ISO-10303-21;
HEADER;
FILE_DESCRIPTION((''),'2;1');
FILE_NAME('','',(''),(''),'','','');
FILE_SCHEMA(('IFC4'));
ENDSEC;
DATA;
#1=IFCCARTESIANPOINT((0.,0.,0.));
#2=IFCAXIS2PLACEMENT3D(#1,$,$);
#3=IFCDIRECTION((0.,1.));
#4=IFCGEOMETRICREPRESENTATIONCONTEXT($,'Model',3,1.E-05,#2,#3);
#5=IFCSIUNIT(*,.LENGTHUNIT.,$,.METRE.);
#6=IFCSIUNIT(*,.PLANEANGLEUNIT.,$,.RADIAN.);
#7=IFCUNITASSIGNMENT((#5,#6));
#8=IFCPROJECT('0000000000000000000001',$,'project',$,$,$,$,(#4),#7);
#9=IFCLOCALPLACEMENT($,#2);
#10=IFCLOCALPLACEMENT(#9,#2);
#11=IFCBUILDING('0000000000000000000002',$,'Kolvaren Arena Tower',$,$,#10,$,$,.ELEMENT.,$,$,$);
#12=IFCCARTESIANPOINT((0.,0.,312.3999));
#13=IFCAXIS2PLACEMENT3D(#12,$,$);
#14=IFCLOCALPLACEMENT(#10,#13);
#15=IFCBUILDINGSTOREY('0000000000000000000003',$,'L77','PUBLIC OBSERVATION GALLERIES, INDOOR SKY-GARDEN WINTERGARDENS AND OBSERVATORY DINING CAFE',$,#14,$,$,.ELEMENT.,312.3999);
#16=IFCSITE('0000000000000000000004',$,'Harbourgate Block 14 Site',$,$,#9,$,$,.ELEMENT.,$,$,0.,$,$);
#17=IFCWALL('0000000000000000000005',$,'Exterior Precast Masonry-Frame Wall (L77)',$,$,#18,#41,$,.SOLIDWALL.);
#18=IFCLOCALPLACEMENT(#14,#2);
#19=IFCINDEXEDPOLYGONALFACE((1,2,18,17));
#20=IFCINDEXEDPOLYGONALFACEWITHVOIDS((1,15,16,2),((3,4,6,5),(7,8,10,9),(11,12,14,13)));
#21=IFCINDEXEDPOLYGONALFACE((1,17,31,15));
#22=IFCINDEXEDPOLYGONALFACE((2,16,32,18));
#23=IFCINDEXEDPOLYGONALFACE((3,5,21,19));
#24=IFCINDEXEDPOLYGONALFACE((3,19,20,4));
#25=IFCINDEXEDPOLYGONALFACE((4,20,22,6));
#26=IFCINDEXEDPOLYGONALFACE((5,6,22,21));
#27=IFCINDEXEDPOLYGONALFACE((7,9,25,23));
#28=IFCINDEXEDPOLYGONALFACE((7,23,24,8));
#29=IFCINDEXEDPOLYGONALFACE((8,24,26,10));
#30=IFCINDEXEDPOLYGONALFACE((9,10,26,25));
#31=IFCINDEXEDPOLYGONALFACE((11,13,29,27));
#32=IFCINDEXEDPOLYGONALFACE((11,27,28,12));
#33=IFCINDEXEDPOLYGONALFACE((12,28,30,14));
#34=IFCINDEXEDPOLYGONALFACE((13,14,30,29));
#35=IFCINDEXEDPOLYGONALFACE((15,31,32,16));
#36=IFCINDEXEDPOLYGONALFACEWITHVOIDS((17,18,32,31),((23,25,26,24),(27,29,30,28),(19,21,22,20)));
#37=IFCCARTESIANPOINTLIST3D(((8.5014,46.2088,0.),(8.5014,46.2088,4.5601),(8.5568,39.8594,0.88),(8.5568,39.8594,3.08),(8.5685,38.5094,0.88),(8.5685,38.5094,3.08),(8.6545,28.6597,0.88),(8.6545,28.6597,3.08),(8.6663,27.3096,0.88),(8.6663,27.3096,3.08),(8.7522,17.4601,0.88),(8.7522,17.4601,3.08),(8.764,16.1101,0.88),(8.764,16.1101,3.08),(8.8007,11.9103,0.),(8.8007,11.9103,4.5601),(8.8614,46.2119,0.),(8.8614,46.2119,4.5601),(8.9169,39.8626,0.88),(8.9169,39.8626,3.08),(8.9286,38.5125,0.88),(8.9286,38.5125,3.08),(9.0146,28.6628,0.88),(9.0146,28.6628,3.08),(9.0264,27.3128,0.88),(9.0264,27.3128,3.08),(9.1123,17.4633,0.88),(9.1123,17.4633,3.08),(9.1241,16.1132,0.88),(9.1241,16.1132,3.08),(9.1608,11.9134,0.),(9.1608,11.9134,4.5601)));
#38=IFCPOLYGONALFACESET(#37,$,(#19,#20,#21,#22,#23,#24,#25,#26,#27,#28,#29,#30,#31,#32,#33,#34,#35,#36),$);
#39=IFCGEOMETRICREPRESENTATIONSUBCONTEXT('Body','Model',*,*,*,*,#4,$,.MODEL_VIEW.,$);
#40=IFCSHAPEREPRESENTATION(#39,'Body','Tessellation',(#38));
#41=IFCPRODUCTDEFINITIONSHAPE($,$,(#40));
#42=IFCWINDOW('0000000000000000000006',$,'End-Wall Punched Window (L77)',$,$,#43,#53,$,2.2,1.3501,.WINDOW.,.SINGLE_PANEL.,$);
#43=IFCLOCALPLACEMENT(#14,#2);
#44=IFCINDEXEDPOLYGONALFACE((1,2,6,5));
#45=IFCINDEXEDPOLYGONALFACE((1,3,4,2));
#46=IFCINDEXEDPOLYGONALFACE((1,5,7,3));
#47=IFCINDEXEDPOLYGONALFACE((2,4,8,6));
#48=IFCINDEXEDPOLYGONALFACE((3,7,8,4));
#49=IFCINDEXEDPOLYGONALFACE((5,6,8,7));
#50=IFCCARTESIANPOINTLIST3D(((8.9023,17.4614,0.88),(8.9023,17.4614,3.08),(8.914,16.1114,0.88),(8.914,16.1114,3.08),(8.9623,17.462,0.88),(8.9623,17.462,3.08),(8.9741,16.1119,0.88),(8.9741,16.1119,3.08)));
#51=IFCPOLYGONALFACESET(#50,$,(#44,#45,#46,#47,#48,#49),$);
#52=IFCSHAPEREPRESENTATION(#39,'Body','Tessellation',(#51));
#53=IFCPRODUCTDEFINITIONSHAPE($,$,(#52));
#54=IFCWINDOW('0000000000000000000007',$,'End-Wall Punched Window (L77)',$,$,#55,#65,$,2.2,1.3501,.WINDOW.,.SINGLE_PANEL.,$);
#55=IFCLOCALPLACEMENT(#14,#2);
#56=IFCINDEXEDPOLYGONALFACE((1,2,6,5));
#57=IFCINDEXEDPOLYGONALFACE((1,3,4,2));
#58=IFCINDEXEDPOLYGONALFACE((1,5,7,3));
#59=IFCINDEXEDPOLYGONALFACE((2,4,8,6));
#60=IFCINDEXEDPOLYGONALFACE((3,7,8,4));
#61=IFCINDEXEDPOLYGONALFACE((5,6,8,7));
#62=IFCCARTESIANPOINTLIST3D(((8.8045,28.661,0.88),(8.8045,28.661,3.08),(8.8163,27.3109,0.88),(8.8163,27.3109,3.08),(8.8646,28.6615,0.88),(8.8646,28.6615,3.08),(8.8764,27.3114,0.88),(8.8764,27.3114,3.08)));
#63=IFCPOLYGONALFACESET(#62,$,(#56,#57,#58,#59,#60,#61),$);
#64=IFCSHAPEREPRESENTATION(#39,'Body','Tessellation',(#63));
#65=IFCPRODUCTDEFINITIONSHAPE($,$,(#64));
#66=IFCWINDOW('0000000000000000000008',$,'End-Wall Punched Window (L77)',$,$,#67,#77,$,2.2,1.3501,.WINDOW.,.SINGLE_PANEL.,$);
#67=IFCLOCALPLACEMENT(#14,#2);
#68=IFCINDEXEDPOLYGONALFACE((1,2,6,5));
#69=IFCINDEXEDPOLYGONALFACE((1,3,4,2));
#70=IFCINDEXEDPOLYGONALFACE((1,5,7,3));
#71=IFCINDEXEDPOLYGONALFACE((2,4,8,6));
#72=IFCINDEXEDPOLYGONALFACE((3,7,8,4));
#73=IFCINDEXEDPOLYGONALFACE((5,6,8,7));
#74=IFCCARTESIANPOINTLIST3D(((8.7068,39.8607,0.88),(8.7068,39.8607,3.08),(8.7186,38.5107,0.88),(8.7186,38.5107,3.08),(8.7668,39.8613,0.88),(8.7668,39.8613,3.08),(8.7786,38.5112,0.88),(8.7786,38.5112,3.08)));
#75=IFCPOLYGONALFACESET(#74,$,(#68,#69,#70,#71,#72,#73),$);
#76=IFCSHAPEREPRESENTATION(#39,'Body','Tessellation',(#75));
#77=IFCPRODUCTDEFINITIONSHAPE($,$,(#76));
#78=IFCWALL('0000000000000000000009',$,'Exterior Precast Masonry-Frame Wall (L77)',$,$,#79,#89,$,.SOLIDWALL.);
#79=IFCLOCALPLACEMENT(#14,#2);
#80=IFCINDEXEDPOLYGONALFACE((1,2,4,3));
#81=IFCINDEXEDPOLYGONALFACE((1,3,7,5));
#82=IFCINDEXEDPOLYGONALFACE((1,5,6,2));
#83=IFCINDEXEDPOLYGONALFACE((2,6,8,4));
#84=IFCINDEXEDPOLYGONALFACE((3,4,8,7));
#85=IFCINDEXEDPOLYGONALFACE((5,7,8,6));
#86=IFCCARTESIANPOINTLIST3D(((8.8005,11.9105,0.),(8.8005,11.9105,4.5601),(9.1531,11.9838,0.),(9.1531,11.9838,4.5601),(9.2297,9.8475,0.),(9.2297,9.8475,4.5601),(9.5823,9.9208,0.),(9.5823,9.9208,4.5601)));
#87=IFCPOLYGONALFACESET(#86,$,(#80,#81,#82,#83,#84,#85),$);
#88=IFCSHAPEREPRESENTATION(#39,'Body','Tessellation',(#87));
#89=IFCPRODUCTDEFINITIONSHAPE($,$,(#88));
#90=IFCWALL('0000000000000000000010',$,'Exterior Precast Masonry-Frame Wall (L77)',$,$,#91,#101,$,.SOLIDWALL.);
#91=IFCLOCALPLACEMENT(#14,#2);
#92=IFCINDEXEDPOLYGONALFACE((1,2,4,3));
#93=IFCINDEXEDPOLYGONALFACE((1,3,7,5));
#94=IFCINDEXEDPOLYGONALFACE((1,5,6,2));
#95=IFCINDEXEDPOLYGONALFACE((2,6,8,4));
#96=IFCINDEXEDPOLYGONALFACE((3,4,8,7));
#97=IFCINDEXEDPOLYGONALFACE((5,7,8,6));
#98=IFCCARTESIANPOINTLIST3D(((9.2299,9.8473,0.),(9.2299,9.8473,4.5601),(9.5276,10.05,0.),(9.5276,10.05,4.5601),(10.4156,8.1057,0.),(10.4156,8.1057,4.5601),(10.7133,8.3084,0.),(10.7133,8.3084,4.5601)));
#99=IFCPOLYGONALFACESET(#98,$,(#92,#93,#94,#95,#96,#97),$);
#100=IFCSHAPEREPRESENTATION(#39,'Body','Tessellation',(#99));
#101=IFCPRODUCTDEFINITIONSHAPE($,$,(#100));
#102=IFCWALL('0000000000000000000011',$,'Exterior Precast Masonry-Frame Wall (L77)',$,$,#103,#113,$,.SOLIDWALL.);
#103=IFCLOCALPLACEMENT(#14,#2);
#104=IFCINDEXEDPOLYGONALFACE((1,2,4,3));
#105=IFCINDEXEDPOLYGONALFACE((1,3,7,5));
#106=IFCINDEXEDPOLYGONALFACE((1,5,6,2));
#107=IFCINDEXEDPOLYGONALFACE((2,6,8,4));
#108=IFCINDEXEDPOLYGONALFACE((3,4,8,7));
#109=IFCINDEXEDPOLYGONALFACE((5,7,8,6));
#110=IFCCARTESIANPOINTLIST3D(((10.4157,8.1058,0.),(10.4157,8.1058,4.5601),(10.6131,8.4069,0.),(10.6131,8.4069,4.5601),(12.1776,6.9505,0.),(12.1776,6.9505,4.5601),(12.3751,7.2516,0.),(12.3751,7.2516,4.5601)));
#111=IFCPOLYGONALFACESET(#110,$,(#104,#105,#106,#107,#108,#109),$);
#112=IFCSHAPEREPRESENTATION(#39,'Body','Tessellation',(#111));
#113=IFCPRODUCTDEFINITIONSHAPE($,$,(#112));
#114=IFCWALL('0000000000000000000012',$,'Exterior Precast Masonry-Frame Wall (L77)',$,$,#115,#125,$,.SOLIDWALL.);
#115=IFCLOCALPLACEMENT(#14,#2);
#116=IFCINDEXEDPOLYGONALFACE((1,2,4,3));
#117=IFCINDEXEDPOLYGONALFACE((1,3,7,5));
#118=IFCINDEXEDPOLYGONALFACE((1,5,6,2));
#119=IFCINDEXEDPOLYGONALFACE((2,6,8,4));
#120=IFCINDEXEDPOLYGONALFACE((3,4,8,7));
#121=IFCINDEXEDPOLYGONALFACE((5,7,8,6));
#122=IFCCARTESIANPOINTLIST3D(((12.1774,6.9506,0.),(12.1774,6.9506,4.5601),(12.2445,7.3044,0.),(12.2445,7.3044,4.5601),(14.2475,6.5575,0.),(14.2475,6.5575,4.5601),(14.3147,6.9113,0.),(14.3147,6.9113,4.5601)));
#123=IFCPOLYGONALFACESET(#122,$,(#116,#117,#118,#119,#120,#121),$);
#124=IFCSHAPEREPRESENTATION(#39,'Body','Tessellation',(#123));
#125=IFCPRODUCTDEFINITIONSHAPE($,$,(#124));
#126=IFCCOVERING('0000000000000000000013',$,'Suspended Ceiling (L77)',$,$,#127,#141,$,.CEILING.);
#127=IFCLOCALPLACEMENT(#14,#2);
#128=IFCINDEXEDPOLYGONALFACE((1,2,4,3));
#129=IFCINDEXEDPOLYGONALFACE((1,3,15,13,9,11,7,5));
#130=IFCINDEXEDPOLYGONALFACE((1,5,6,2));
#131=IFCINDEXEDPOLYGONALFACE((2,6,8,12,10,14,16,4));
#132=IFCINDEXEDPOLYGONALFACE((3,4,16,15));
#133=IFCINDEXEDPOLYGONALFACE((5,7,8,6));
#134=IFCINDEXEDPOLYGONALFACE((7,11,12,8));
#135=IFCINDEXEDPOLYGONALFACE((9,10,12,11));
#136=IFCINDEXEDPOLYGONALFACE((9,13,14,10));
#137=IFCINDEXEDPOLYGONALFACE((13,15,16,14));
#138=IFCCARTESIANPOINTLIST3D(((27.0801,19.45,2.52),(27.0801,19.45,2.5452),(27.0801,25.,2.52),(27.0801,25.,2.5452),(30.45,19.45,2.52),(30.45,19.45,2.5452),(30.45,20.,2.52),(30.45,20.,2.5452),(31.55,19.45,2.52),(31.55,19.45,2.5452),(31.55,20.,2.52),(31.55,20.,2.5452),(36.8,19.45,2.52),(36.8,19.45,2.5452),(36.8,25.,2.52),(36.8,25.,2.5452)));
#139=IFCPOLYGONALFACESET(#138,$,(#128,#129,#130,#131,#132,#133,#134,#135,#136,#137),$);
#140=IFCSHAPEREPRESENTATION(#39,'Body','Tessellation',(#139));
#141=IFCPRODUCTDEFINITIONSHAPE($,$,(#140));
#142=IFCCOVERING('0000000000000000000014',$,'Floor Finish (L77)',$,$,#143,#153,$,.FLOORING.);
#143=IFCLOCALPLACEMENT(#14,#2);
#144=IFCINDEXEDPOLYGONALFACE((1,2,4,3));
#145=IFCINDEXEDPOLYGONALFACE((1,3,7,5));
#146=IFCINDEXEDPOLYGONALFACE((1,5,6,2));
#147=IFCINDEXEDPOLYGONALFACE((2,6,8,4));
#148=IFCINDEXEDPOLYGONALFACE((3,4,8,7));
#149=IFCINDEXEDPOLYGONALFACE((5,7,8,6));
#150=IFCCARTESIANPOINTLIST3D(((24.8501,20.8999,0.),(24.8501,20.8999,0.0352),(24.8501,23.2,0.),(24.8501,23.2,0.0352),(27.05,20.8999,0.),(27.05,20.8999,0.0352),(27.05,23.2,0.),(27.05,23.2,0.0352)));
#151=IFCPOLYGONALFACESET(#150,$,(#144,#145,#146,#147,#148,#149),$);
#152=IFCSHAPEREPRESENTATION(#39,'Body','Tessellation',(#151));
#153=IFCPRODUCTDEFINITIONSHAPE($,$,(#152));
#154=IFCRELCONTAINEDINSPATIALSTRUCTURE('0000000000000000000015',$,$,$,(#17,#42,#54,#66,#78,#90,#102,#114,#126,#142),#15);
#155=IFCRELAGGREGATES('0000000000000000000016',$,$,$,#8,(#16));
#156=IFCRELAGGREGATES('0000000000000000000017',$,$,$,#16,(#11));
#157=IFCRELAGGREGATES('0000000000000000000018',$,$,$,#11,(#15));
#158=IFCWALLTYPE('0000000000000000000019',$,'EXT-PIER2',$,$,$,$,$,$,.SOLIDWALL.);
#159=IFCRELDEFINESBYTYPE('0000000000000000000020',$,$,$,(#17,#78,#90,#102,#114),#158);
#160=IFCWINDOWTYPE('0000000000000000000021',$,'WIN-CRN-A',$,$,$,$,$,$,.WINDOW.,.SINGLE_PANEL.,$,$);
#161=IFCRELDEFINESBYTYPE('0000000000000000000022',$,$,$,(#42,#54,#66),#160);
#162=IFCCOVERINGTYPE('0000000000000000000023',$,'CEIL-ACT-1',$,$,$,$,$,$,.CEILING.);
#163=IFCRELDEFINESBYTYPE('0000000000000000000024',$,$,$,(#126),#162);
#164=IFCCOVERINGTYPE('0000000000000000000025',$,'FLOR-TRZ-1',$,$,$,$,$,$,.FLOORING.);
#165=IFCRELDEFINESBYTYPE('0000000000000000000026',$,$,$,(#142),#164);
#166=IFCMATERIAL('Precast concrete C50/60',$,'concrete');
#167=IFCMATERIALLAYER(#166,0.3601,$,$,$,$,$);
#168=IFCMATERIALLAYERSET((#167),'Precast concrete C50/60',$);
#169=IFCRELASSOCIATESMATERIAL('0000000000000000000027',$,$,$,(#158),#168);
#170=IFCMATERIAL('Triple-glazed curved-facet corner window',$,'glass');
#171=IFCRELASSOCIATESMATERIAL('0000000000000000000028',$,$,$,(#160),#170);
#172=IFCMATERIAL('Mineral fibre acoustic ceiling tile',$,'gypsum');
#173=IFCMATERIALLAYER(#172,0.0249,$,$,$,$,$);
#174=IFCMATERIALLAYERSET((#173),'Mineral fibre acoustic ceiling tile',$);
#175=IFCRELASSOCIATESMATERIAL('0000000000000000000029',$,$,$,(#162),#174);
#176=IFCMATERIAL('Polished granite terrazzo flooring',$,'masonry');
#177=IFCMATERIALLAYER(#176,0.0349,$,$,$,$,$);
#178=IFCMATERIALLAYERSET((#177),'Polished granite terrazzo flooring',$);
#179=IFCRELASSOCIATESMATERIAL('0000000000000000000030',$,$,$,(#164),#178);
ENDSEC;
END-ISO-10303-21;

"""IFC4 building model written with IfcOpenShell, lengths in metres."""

from ifc_helpers import new_model, si_unit, direction, frame, frame_2d, origin, place, context, subcontext, project, spatial, polyline, rectangle, outline, extrude, material, layer, layer_set, type_object, element, fill, save


model = new_model("IFC4")

# Units and contexts
model_context = context("Model", 3, precision=1e-05, world=origin(), true_north=direction((0.0, 1.0)))
body_context = subcontext(model_context, "Body", "Model", "MODEL_VIEW")
ifc_project = project(units=[si_unit("LENGTHUNIT", "METRE"), si_unit("PLANEANGLEUNIT", "RADIAN")], contexts=[model_context])

# Site, building, storey
site_placement = place(None, origin())
site = spatial("IfcSite", under=ifc_project, at=site_placement, Name="Harbourgate Block 14 Site", CompositionType="ELEMENT", RefElevation=0.0)
building_placement = place(site_placement, origin())
building = spatial("IfcBuilding", under=site, at=building_placement, Name="Kolvaren Arena Tower", CompositionType="ELEMENT")
storey_placement = place(building_placement, frame((0.0, 0.0, 312.3999)))
storey = spatial("IfcBuildingStorey", under=building, at=storey_placement, Name="L77", Description="PUBLIC OBSERVATION GALLERIES, INDOOR SKY-GARDEN WINTERGARDENS AND OBSERVATORY DINING CAFE", CompositionType="ELEMENT", Elevation=312.3999)

# Shared definitions
ifc_material_1 = material(Name="Precast concrete C50/60", Category="concrete")

# Wall, openings, windows
ifc_layer_1 = layer(ifc_material_1, 0.3601)
ifc_layer_set_1 = layer_set([ifc_layer_1], Name="Precast concrete C50/60")
wall_type = type_object("IfcWallType", Name="EXT-PIER2", PredefinedType="SOLIDWALL", material=ifc_layer_set_1)
wall_1_placement = place(storey_placement, frame((8.9807, 11.9119, 0.0), z_axis=(0.0, 0.0, 1.0), x_axis=(-0.008726, 0.999962, 0.0)))
wall_1 = element("IfcWall", 1, at=wall_1_placement, inside=storey, type_object=wall_type, Name="Exterior Precast Masonry-Frame Wall (L77)", PredefinedType="SOLIDWALL", context=body_context, shape_type="SweptSolid", body=[
    extrude(rectangle(XDim=34.2998, YDim=0.3601, at=frame_2d((17.1499, 0.0))), origin(), (0.0, 0.0, 1.0), 4.5601),
])
opening_1_placement = place(wall_1_placement, frame((4.2, 0.0, 0.8799)))
opening_1 = element("IfcOpeningElement", 2, at=opening_1_placement, cuts=wall_1, PredefinedType="OPENING", context=body_context, shape_type="SweptSolid", body=[
    extrude(rectangle(XDim=1.3501, YDim=2.2, at=frame_2d((0.675, 1.1001))), frame((0.0, 0.1899, 0.0), z_axis=(0.0, -1.0, 0.0), x_axis=(1.0, 0.0, 0.0)), (0.0, 0.0, 1.0), 0.3801),
])
opening_2_placement = place(wall_1_placement, frame((15.3999, 0.0, 0.8799)))
opening_2 = element("IfcOpeningElement", 3, at=opening_2_placement, cuts=wall_1, PredefinedType="OPENING", context=body_context, shape_type="SweptSolid", body=[
    extrude(rectangle(XDim=1.3501, YDim=2.2, at=frame_2d((0.675, 1.1001))), frame((0.0, 0.1899, 0.0), z_axis=(0.0, -1.0, 0.0), x_axis=(1.0, 0.0, 0.0)), (0.0, 0.0, 1.0), 0.3801),
])
opening_3_placement = place(wall_1_placement, frame((26.6001, 0.0, 0.8799)))
opening_3 = element("IfcOpeningElement", 4, at=opening_3_placement, cuts=wall_1, PredefinedType="OPENING", context=body_context, shape_type="SweptSolid", body=[
    extrude(rectangle(XDim=1.3501, YDim=2.2, at=frame_2d((0.675, 1.1001))), frame((0.0, 0.1899, 0.0), z_axis=(0.0, -1.0, 0.0), x_axis=(1.0, 0.0, 0.0)), (0.0, 0.0, 1.0), 0.3801),
])
ifc_material_2 = material(Name="Triple-glazed curved-facet corner window", Category="glass")
window_type = type_object("IfcWindowType", Name="WIN-CRN-A", PartitioningType="SINGLE_PANEL", PredefinedType="WINDOW", material=ifc_material_2)
window_1_placement = place(opening_1_placement, origin())
window_1 = element("IfcWindow", 5, at=window_1_placement, inside=storey, type_object=window_type, Name="End-Wall Punched Window (L77)", OverallHeight=2.2, OverallWidth=1.3501, PartitioningType="SINGLE_PANEL", PredefinedType="WINDOW", context=body_context, shape_type="SweptSolid", body=[
    extrude(rectangle(XDim=1.3501, YDim=2.2, at=frame_2d((0.675, 1.1001))), frame((0.0, 0.03, 0.0), z_axis=(0.0, -1.0, 0.0), x_axis=(1.0, 0.0, 0.0)), (0.0, 0.0, 1.0), 0.0601),
])
fill(opening_1, window_1)
window_2_placement = place(opening_2_placement, origin())
window_2 = element("IfcWindow", 6, at=window_2_placement, inside=storey, type_object=window_type, Name="End-Wall Punched Window (L77)", OverallHeight=2.2, OverallWidth=1.3501, PartitioningType="SINGLE_PANEL", PredefinedType="WINDOW", context=body_context, shape_type="SweptSolid", body=[
    extrude(rectangle(XDim=1.3501, YDim=2.2, at=frame_2d((0.675, 1.1001))), frame((0.0, 0.03, 0.0), z_axis=(0.0, -1.0, 0.0), x_axis=(1.0, 0.0, 0.0)), (0.0, 0.0, 1.0), 0.0601),
])
fill(opening_2, window_2)
window_3_placement = place(opening_3_placement, origin())
window_3 = element("IfcWindow", 7, at=window_3_placement, inside=storey, type_object=window_type, Name="End-Wall Punched Window (L77)", OverallHeight=2.2, OverallWidth=1.3501, PartitioningType="SINGLE_PANEL", PredefinedType="WINDOW", context=body_context, shape_type="SweptSolid", body=[
    extrude(rectangle(XDim=1.3501, YDim=2.2, at=frame_2d((0.675, 1.1001))), frame((0.0, 0.03, 0.0), z_axis=(0.0, -1.0, 0.0), x_axis=(1.0, 0.0, 0.0)), (0.0, 0.0, 1.0), 0.0601),
])
fill(opening_3, window_3)

# Walls
wall_2_placement = place(storey_placement, frame((9.406, 9.884, 0.0), z_axis=(0.0, 0.0, 1.0), x_axis=(-0.203686, 0.979036, 0.0)))
element("IfcWall", 8, at=wall_2_placement, inside=storey, type_object=wall_type, Name="Exterior Precast Masonry-Frame Wall (L77)", PredefinedType="SOLIDWALL", context=body_context, shape_type="SweptSolid", body=[
    extrude(rectangle(XDim=2.1072, YDim=0.3601, at=frame_2d((1.0537, 0.0))), origin(), (0.0, 0.0, 1.0), 4.5601),
])
for number, where, z_axis, x_axis, name in (
    (9, (10.5645, 8.207, 0.0), (0.0, 0.0, 1.0), (-0.562776, 0.82661, 0.0), "Exterior Precast Masonry-Frame Wall (L77)"),
    (10, (12.2764, 7.1011, 0.0), (0.0, 0.0, 1.0), (-0.836269, 0.54832, 0.0), "Exterior Precast Masonry-Frame Wall (L77)"),
):
    element("IfcWall", number, at=place(storey_placement, frame(where, z_axis=z_axis, x_axis=x_axis)), inside=storey, type_object=wall_type, Name=name, PredefinedType="SOLIDWALL", context=body_context, shape_type="SweptSolid", body=[
        extrude(rectangle(XDim=2.1069, YDim=0.3601, at=frame_2d((1.0535, 0.0))), origin(), (0.0, 0.0, 1.0), 4.5601),
    ])
wall_3_placement = place(storey_placement, frame((14.2812, 6.7344, 0.0), z_axis=(0.0, 0.0, 1.0), x_axis=(-0.982446, 0.186548, 0.0)))
element("IfcWall", 11, at=wall_3_placement, inside=storey, type_object=wall_type, Name="Exterior Precast Masonry-Frame Wall (L77)", PredefinedType="SOLIDWALL", context=body_context, shape_type="SweptSolid", body=[
    extrude(rectangle(XDim=2.1072, YDim=0.3601, at=frame_2d((1.0537, 0.0))), origin(), (0.0, 0.0, 1.0), 4.5601),
])

# Coverings
ifc_material_3 = material(Name="Mineral fibre acoustic ceiling tile", Category="gypsum")
ifc_layer_2 = layer(ifc_material_3, 0.0249)
ifc_layer_set_2 = layer_set([ifc_layer_2], Name="Mineral fibre acoustic ceiling tile")
covering_type_1 = type_object("IfcCoveringType", Name="CEIL-ACT-1", PredefinedType="CEILING", material=ifc_layer_set_2)
covering_1_placement = place(storey_placement, frame((0.0, 0.0, 2.52)))
element("IfcCovering", 12, at=covering_1_placement, inside=storey, type_object=covering_type_1, Name="Suspended Ceiling (L77)", PredefinedType="CEILING", context=body_context, shape_type="SweptSolid", body=[
    extrude(outline(polyline([(27.0801, 19.45), (27.0801, 25.0), (36.8, 25.0), (36.8, 19.45), (31.55, 19.45), (31.55, 20.0), (30.45, 20.0), (30.45, 19.45), (27.0801, 19.45)])), origin(), (0.0, 0.0, 1.0), 0.0251),
])
ifc_material_4 = material(Name="Polished granite terrazzo flooring", Category="masonry")
ifc_layer_3 = layer(ifc_material_4, 0.0349)
ifc_layer_set_3 = layer_set([ifc_layer_3], Name="Polished granite terrazzo flooring")
covering_type_2 = type_object("IfcCoveringType", Name="FLOR-TRZ-1", PredefinedType="FLOORING", material=ifc_layer_set_3)
covering_2_placement = place(storey_placement, origin())
element("IfcCovering", 13, at=covering_2_placement, inside=storey, type_object=covering_type_2, Name="Floor Finish (L77)", PredefinedType="FLOORING", context=body_context, shape_type="SweptSolid", body=[
    extrude(outline(polyline([(24.8501, 20.8999), (24.8501, 23.2), (27.05, 23.2), (27.05, 20.8999), (24.8501, 20.8999)])), origin(), (0.0, 0.0, 1.0), 0.0352),
])

save(model, "model.ifc")
